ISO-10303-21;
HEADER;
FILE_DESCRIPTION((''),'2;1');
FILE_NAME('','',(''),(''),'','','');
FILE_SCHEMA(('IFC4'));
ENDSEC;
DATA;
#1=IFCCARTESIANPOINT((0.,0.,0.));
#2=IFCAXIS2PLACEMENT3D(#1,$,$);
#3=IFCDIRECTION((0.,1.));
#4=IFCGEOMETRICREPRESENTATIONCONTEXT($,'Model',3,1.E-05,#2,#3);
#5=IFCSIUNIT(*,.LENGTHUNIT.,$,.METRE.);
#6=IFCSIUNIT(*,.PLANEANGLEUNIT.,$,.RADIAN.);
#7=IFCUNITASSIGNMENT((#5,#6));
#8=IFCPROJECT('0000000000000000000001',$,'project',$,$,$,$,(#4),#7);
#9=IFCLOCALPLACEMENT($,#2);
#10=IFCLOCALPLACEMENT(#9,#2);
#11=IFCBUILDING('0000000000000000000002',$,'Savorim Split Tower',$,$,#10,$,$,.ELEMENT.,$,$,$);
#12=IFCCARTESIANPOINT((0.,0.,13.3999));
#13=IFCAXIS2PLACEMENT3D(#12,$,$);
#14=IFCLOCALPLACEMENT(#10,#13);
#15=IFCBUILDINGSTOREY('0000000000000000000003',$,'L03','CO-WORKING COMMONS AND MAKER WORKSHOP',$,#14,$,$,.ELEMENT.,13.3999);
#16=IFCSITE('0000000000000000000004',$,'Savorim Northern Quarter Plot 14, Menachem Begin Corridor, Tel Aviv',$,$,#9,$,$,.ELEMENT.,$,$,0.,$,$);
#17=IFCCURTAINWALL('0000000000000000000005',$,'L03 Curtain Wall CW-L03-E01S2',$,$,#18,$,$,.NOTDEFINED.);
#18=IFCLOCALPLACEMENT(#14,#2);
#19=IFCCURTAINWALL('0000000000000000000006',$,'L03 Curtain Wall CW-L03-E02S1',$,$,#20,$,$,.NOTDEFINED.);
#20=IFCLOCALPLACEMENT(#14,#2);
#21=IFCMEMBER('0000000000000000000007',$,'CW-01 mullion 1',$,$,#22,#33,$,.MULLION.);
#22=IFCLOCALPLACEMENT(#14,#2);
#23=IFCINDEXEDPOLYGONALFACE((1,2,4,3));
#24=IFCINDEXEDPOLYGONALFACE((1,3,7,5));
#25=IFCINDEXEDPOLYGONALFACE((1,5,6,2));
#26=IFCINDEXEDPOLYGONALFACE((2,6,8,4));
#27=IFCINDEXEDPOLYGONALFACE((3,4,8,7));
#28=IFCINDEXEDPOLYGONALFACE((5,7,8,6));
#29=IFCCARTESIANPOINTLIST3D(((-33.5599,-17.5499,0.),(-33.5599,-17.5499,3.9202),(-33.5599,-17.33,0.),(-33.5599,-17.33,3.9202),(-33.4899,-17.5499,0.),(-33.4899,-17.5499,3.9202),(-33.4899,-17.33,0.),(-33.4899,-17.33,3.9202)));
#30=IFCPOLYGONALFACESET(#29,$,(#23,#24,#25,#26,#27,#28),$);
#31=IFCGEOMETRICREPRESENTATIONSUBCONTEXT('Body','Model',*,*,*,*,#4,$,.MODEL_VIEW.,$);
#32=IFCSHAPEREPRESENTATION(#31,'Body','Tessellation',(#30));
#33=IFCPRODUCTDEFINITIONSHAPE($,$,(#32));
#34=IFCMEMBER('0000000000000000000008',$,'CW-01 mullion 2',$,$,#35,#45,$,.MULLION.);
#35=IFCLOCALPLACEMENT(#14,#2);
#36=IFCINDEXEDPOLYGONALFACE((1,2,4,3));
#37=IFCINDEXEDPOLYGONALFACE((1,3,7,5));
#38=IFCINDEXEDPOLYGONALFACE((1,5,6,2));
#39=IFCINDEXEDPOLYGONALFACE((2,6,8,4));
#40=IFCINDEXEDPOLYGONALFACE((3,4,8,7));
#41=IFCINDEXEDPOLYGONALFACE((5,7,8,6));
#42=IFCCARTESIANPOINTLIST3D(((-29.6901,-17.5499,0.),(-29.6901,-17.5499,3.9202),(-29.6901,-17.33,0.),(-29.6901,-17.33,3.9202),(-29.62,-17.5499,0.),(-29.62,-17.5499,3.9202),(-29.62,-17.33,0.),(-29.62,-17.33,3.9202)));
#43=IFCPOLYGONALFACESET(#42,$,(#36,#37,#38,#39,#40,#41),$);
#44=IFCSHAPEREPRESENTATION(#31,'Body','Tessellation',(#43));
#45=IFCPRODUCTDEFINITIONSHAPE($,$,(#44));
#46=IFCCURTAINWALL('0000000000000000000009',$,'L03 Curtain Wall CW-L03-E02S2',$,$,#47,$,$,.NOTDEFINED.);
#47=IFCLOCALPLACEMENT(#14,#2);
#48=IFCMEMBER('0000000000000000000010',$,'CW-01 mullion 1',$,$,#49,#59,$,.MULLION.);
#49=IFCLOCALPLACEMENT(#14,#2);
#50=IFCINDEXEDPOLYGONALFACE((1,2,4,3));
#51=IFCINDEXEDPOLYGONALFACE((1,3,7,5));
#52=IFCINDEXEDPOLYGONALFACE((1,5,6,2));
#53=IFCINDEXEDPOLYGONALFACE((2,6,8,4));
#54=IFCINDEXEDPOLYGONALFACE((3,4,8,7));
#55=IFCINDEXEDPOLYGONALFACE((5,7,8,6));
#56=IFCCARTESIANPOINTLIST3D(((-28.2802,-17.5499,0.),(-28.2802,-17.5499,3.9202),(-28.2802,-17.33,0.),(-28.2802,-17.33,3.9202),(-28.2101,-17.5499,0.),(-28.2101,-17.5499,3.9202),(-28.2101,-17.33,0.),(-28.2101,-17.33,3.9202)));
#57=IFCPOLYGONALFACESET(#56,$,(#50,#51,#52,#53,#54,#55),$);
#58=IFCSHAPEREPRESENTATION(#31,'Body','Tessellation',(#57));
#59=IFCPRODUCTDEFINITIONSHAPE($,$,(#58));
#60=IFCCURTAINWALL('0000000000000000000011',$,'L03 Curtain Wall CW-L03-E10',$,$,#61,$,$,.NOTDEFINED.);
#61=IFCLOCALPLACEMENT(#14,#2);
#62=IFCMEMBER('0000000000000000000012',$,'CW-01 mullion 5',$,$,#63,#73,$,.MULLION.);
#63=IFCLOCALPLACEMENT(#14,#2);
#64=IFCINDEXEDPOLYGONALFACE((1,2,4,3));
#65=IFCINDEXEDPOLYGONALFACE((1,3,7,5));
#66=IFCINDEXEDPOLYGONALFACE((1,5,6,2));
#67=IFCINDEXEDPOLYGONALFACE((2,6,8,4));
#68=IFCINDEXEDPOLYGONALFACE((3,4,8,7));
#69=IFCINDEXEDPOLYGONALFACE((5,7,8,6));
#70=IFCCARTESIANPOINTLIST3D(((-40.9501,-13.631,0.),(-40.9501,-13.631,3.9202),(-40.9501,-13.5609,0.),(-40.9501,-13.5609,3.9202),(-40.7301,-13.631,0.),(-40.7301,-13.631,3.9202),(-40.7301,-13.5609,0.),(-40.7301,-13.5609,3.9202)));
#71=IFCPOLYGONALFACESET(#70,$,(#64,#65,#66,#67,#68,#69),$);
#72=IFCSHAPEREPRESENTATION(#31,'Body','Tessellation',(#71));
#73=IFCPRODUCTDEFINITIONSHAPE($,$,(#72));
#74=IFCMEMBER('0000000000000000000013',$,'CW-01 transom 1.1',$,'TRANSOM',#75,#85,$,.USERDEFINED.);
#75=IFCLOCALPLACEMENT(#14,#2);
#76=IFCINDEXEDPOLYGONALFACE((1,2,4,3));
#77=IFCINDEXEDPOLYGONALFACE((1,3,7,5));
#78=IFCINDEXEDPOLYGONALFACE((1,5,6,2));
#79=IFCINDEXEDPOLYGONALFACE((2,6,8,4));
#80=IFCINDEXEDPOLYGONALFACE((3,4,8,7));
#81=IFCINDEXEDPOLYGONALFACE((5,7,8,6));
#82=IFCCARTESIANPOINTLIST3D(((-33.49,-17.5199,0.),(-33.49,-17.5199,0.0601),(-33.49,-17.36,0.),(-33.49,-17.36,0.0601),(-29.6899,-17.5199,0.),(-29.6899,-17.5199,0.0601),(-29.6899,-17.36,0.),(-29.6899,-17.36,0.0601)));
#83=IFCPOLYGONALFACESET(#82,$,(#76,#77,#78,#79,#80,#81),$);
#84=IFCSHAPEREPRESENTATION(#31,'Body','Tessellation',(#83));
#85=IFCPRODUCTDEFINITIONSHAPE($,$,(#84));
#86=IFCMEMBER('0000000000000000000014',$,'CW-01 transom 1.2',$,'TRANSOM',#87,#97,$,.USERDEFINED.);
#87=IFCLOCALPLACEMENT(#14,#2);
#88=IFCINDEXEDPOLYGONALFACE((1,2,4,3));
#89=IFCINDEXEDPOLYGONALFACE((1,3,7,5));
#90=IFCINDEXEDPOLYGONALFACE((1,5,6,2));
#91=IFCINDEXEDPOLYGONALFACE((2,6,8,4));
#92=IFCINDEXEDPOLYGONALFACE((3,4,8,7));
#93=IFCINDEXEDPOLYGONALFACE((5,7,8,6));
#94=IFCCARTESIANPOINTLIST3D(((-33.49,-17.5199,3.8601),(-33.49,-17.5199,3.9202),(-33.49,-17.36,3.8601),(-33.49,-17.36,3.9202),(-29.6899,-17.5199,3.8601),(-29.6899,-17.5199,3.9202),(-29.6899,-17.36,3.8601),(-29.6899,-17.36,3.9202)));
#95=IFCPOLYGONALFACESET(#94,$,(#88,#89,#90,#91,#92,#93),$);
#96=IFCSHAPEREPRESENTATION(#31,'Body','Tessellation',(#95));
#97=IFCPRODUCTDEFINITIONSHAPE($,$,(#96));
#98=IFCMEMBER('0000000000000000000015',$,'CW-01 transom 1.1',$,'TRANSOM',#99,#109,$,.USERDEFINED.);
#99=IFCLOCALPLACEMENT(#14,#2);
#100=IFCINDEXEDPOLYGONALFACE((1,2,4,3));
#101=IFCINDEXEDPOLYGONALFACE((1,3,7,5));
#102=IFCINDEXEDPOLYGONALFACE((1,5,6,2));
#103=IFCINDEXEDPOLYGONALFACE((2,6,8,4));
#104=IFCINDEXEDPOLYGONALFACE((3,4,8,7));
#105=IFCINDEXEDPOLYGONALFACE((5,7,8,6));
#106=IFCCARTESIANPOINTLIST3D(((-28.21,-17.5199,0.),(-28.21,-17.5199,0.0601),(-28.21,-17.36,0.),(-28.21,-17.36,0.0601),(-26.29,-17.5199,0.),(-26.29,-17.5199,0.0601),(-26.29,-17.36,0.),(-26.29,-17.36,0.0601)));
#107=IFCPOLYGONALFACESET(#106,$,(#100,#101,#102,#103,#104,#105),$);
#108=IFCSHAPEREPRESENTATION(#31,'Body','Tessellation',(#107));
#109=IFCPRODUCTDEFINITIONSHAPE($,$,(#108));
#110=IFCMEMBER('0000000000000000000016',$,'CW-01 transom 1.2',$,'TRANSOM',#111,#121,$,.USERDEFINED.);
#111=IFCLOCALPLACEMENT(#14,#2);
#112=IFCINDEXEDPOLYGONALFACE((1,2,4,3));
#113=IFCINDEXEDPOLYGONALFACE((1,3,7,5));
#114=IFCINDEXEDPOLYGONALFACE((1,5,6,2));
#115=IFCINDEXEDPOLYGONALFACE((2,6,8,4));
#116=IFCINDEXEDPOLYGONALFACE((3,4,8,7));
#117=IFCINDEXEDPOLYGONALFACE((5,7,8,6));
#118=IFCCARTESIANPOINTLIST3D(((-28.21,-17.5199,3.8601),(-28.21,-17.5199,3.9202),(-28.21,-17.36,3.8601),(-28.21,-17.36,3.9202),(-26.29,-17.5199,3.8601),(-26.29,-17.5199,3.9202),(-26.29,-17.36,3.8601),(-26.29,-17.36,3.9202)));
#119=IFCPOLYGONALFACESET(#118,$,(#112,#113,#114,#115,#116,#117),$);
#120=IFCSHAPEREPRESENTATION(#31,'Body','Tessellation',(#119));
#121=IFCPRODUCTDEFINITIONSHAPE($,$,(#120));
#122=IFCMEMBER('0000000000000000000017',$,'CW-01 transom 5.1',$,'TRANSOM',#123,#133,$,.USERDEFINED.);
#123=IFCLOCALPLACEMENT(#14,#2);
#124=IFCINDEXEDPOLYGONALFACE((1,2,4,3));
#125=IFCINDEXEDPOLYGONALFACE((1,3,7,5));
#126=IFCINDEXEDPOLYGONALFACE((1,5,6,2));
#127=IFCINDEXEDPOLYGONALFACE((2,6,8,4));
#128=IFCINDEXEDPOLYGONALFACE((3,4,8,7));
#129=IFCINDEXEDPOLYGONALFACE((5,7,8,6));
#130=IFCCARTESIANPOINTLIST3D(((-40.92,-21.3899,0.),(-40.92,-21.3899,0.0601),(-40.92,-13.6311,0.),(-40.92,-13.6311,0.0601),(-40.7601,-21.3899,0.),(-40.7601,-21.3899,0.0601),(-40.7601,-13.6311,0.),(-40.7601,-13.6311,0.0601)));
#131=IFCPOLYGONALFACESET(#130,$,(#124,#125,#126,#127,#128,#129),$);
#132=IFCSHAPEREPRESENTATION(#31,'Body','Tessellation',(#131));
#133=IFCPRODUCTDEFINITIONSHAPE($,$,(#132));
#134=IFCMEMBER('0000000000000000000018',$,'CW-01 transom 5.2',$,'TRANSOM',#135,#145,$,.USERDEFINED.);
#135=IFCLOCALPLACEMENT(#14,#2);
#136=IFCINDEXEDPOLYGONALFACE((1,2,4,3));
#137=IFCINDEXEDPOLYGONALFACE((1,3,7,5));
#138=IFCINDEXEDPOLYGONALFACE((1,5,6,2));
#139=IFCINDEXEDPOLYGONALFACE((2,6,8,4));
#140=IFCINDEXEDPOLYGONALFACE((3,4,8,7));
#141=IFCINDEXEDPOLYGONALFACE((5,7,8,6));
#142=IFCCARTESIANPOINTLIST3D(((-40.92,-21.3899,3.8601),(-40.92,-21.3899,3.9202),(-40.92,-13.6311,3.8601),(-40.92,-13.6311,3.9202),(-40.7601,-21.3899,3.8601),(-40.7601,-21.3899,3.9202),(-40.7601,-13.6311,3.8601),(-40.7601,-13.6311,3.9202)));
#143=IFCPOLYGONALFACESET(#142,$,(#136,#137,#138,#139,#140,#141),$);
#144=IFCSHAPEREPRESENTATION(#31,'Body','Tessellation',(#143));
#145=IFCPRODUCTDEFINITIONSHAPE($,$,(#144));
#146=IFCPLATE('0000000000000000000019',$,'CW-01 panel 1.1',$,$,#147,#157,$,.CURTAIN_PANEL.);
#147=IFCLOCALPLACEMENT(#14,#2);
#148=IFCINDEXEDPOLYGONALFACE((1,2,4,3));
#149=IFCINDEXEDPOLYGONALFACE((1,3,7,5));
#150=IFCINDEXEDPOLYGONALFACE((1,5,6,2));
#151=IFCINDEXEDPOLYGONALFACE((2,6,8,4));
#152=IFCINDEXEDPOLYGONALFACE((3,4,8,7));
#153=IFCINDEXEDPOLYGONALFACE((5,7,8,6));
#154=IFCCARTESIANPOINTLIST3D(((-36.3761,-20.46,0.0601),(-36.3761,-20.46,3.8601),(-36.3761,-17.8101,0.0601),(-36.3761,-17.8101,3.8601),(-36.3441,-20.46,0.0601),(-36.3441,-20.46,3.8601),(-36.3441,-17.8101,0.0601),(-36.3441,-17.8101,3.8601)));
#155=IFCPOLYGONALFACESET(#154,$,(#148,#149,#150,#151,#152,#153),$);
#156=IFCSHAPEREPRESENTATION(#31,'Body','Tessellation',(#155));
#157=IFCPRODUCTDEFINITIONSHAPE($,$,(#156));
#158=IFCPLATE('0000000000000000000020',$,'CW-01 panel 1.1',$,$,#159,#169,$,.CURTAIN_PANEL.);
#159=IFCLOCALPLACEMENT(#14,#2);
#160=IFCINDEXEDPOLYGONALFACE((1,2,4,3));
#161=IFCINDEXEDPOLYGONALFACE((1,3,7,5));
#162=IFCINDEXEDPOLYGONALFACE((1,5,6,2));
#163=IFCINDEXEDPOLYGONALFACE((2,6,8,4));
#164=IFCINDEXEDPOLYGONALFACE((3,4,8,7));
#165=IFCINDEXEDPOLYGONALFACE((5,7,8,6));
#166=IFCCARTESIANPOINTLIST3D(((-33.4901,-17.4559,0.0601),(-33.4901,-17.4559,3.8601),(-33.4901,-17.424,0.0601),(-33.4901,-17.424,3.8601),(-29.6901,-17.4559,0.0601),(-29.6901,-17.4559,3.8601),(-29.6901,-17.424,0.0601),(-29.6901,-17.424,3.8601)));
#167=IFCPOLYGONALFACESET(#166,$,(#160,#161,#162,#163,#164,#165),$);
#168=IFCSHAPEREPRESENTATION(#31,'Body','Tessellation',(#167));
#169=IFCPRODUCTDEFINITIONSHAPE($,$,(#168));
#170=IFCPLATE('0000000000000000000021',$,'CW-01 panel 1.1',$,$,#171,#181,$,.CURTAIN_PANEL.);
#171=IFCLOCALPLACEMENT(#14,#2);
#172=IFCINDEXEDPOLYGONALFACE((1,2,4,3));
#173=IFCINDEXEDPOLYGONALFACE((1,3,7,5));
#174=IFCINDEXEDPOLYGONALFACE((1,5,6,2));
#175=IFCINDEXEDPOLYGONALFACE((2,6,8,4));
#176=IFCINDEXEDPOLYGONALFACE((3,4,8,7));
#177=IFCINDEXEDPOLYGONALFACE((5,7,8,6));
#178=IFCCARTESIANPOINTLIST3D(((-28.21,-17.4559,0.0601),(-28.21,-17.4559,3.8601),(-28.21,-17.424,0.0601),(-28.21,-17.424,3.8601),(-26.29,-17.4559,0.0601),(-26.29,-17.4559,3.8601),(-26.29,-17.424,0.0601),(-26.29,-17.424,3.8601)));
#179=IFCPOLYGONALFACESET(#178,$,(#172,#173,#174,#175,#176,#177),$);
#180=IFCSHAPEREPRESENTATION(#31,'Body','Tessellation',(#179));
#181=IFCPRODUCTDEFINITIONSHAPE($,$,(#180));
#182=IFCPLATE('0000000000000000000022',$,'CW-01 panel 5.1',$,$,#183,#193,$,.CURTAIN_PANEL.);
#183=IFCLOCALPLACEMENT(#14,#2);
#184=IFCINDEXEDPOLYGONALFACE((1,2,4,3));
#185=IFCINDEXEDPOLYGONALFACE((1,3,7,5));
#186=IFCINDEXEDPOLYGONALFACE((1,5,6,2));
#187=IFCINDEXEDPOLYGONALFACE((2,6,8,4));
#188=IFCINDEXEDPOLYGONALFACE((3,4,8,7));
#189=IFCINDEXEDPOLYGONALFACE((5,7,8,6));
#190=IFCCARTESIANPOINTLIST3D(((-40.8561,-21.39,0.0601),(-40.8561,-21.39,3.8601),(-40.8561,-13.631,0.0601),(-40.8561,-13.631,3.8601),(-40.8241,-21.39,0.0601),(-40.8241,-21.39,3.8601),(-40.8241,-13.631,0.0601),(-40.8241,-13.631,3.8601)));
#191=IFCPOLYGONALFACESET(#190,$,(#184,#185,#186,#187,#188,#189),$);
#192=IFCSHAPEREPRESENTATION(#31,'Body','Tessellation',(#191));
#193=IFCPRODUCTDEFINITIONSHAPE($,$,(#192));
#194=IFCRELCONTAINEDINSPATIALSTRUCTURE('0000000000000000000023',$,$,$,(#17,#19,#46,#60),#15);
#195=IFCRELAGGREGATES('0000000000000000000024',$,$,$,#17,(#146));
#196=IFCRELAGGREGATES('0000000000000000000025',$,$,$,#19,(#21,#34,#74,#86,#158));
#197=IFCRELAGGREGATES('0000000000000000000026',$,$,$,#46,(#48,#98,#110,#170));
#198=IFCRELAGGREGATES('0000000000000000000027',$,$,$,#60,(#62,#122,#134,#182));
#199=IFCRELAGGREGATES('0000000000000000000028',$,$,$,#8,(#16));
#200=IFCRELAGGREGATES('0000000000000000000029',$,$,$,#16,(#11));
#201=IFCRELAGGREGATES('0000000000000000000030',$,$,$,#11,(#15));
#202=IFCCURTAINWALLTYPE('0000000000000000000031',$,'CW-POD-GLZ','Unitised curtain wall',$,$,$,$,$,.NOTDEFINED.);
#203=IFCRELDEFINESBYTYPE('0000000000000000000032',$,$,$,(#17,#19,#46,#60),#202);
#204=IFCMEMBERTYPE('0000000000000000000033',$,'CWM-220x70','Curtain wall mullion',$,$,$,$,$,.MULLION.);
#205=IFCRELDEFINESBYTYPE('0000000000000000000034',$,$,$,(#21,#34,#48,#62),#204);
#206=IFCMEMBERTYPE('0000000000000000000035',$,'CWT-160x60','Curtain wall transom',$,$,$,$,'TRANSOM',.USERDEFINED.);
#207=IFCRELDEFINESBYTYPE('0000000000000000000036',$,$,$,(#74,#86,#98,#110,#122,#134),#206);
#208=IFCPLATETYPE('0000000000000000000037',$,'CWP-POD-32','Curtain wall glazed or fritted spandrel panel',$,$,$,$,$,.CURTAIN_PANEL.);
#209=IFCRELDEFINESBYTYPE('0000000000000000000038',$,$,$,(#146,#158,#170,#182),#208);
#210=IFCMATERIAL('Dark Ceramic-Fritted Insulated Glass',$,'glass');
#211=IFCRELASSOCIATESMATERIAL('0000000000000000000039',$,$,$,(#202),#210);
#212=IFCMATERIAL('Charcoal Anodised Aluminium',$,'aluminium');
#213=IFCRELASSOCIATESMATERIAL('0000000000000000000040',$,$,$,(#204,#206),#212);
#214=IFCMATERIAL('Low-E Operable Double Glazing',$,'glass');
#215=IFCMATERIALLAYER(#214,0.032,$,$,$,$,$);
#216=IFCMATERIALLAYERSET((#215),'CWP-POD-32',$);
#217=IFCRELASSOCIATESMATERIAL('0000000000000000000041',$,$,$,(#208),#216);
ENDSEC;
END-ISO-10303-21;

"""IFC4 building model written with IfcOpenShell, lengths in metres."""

from ifc_helpers import new_model, si_unit, direction, frame, origin, origin_2d, place, context, subcontext, project, spatial, rectangle, extrude, material, layer, layer_set, material_profile, profile_set, type_object, element, aggregate, save


model = new_model("IFC4")

# Units and contexts
model_context = context("Model", 3, precision=1e-05, world=origin(), true_north=direction((0.0, 1.0)))
body_context = subcontext(model_context, "Body", "Model", "MODEL_VIEW")
ifc_project = project(units=[si_unit("LENGTHUNIT", "METRE"), si_unit("PLANEANGLEUNIT", "RADIAN")], contexts=[model_context])

# Site, building, storey
site_placement = place(None, origin())
site = spatial("IfcSite", under=ifc_project, at=site_placement, Name="Savorim Northern Quarter Plot 14, Menachem Begin Corridor, Tel Aviv", CompositionType="ELEMENT", RefElevation=0.0)
building_placement = place(site_placement, origin())
building = spatial("IfcBuilding", under=site, at=building_placement, Name="Savorim Split Tower", CompositionType="ELEMENT")
storey_placement = place(building_placement, frame((0.0, 0.0, 13.3999)))
storey = spatial("IfcBuildingStorey", under=building, at=storey_placement, Name="L03", Description="CO-WORKING COMMONS AND MAKER WORKSHOP", CompositionType="ELEMENT", Elevation=13.3999)

# Curtain wall
ifc_material_1 = material(Name="Dark Ceramic-Fritted Insulated Glass", Category="glass")
curtain_wall_type = type_object("IfcCurtainWallType", Name="CW-POD-GLZ", Description="Unitised curtain wall", PredefinedType="NOTDEFINED", material=ifc_material_1)
curtain_wall_1_placement = place(storey_placement, origin())
curtain_wall_1 = element("IfcCurtainWall", 1, at=curtain_wall_1_placement, inside=storey, type_object=curtain_wall_type, Name="L03 Curtain Wall CW-L03-E01S2", PredefinedType="NOTDEFINED")
ifc_material_2 = material(Name="Charcoal Anodised Aluminium", Category="aluminium")
ifc_material_profile_1 = material_profile(ifc_material_2, rectangle(XDim=0.22, YDim=0.0701, at=origin_2d()), Name="ALU-M 220x70")
ifc_profile_set_1 = profile_set([ifc_material_profile_1], Name="Charcoal Anodised Aluminium")
member_type_1 = type_object("IfcMemberType", Name="CWM-220x70", Description="Curtain wall mullion", PredefinedType="MULLION", material=ifc_profile_set_1)

# Curtain wall, members
curtain_wall_2_placement = place(storey_placement, origin())
curtain_wall_2 = element("IfcCurtainWall", 2, at=curtain_wall_2_placement, inside=storey, type_object=curtain_wall_type, Name="L03 Curtain Wall CW-L03-E02S1", PredefinedType="NOTDEFINED")
member_1_placement = place(storey_placement, frame((-33.5249, -17.4399, 0.0), z_axis=(0.0, 0.0, 1.0), x_axis=(0.0, 1.0, 0.0)))
member_1 = element("IfcMember", 3, at=member_1_placement, type_object=member_type_1, Name="CW-01 mullion 1", PredefinedType="MULLION", context=body_context, shape_type="SweptSolid", body=[
    extrude(rectangle(XDim=0.22, YDim=0.0701, at=origin_2d()), origin(), (0.0, 0.0, 1.0), 3.9202),
])
member_2_placement = place(storey_placement, frame((-29.655, -17.4399, 0.0), z_axis=(0.0, 0.0, 1.0), x_axis=(0.0, 1.0, 0.0)))
member_2 = element("IfcMember", 4, at=member_2_placement, type_object=member_type_1, Name="CW-01 mullion 2", PredefinedType="MULLION", context=body_context, shape_type="SweptSolid", body=[
    extrude(rectangle(XDim=0.22, YDim=0.0701, at=origin_2d()), origin(), (0.0, 0.0, 1.0), 3.9202),
])

# Curtain walls, members
curtain_wall_3_placement = place(storey_placement, origin())
curtain_wall_3 = element("IfcCurtainWall", 5, at=curtain_wall_3_placement, inside=storey, type_object=curtain_wall_type, Name="L03 Curtain Wall CW-L03-E02S2", PredefinedType="NOTDEFINED")
member_3_placement = place(storey_placement, frame((-28.2451, -17.4399, 0.0), z_axis=(0.0, 0.0, 1.0), x_axis=(0.0, 1.0, 0.0)))
member_3 = element("IfcMember", 6, at=member_3_placement, type_object=member_type_1, Name="CW-01 mullion 1", PredefinedType="MULLION", context=body_context, shape_type="SweptSolid", body=[
    extrude(rectangle(XDim=0.22, YDim=0.0701, at=origin_2d()), origin(), (0.0, 0.0, 1.0), 3.9202),
])
curtain_wall_4_placement = place(storey_placement, origin())
curtain_wall_4 = element("IfcCurtainWall", 7, at=curtain_wall_4_placement, inside=storey, type_object=curtain_wall_type, Name="L03 Curtain Wall CW-L03-E10", PredefinedType="NOTDEFINED")
member_4_placement = place(storey_placement, frame((-40.8401, -13.5959, 0.0), z_axis=(0.0, 0.0, 1.0), x_axis=(1.0, 0.0, 0.0)))
member_4 = element("IfcMember", 8, at=member_4_placement, type_object=member_type_1, Name="CW-01 mullion 5", PredefinedType="MULLION", context=body_context, shape_type="SweptSolid", body=[
    extrude(rectangle(XDim=0.22, YDim=0.0701, at=origin_2d()), origin(), (0.0, 0.0, 1.0), 3.9202),
])

# Members
ifc_material_profile_2 = material_profile(ifc_material_2, rectangle(XDim=0.1599, YDim=0.0601, at=origin_2d()), Name="ALU-T 160x60")
ifc_profile_set_2 = profile_set([ifc_material_profile_2], Name="Charcoal Anodised Aluminium")
member_type_2 = type_object("IfcMemberType", Name="CWT-160x60", Description="Curtain wall transom", ElementType="TRANSOM", PredefinedType="USERDEFINED", material=ifc_profile_set_2)
member_5_placement = place(storey_placement, frame((-33.49, -17.4399, 0.03), z_axis=(1.0, 0.0, 0.0), x_axis=(0.0, 1.0, 0.0)))
member_5 = element("IfcMember", 9, at=member_5_placement, type_object=member_type_2, Name="CW-01 transom 1.1", ObjectType="TRANSOM", PredefinedType="USERDEFINED", context=body_context, shape_type="SweptSolid", body=[
    extrude(rectangle(XDim=0.1599, YDim=0.0601, at=origin_2d()), origin(), (0.0, 0.0, 1.0), 3.8),
])
member_6_placement = place(storey_placement, frame((-33.49, -17.4399, 3.8901), z_axis=(1.0, 0.0, 0.0), x_axis=(0.0, 1.0, 0.0)))
member_6 = element("IfcMember", 10, at=member_6_placement, type_object=member_type_2, Name="CW-01 transom 1.2", ObjectType="TRANSOM", PredefinedType="USERDEFINED", context=body_context, shape_type="SweptSolid", body=[
    extrude(rectangle(XDim=0.1599, YDim=0.0601, at=origin_2d()), origin(), (0.0, 0.0, 1.0), 3.8),
])
member_7_placement = place(storey_placement, frame((-28.21, -17.4399, 0.03), z_axis=(1.0, 0.0, 0.0), x_axis=(0.0, 1.0, 0.0)))
member_7 = element("IfcMember", 11, at=member_7_placement, type_object=member_type_2, Name="CW-01 transom 1.1", ObjectType="TRANSOM", PredefinedType="USERDEFINED", context=body_context, shape_type="SweptSolid", body=[
    extrude(rectangle(XDim=0.1599, YDim=0.0601, at=origin_2d()), origin(), (0.0, 0.0, 1.0), 1.9199),
])
member_8_placement = place(storey_placement, frame((-28.21, -17.4399, 3.8901), z_axis=(1.0, 0.0, 0.0), x_axis=(0.0, 1.0, 0.0)))
member_8 = element("IfcMember", 12, at=member_8_placement, type_object=member_type_2, Name="CW-01 transom 1.2", ObjectType="TRANSOM", PredefinedType="USERDEFINED", context=body_context, shape_type="SweptSolid", body=[
    extrude(rectangle(XDim=0.1599, YDim=0.0601, at=origin_2d()), origin(), (0.0, 0.0, 1.0), 1.9199),
])
member_9_placement = place(storey_placement, frame((-40.8401, -13.6311, 0.03), z_axis=(0.0, -1.0, 0.0), x_axis=(1.0, 0.0, 0.0)))
member_9 = element("IfcMember", 13, at=member_9_placement, type_object=member_type_2, Name="CW-01 transom 5.1", ObjectType="TRANSOM", PredefinedType="USERDEFINED", context=body_context, shape_type="SweptSolid", body=[
    extrude(rectangle(XDim=0.1599, YDim=0.0601, at=origin_2d()), origin(), (0.0, 0.0, 1.0), 7.7588),
])
member_10_placement = place(storey_placement, frame((-40.8401, -13.6311, 3.8901), z_axis=(0.0, -1.0, 0.0), x_axis=(1.0, 0.0, 0.0)))
member_10 = element("IfcMember", 14, at=member_10_placement, type_object=member_type_2, Name="CW-01 transom 5.2", ObjectType="TRANSOM", PredefinedType="USERDEFINED", context=body_context, shape_type="SweptSolid", body=[
    extrude(rectangle(XDim=0.1599, YDim=0.0601, at=origin_2d()), origin(), (0.0, 0.0, 1.0), 7.7588),
])

# Plates
ifc_material_3 = material(Name="Low-E Operable Double Glazing", Category="glass")
ifc_layer_1 = layer(ifc_material_3, 0.032)
ifc_layer_set_1 = layer_set([ifc_layer_1], Name="CWP-POD-32")
plate_type = type_object("IfcPlateType", Name="CWP-POD-32", Description="Curtain wall glazed or fritted spandrel panel", PredefinedType="CURTAIN_PANEL", material=ifc_layer_set_1)
plate_1_placement = place(storey_placement, frame((-36.3601, -19.135, 0.0601), z_axis=(0.0, 0.0, 1.0), x_axis=(0.0, 1.0, 0.0)))
plate_1 = element("IfcPlate", 15, at=plate_1_placement, type_object=plate_type, Name="CW-01 panel 1.1", PredefinedType="CURTAIN_PANEL", context=body_context, shape_type="SweptSolid", body=[
    extrude(rectangle(XDim=2.6499, YDim=0.032, at=origin_2d()), origin(), (0.0, 0.0, 1.0), 3.8),
])
aggregate(curtain_wall_1, [plate_1])
plate_2_placement = place(storey_placement, frame((-31.5901, -17.4399, 0.0601), z_axis=(0.0, 0.0, 1.0), x_axis=(1.0, 0.0, 0.0)))
plate_2 = element("IfcPlate", 16, at=plate_2_placement, type_object=plate_type, Name="CW-01 panel 1.1", PredefinedType="CURTAIN_PANEL", context=body_context, shape_type="SweptSolid", body=[
    extrude(rectangle(XDim=3.8, YDim=0.032, at=origin_2d()), origin(), (0.0, 0.0, 1.0), 3.8),
])
aggregate(curtain_wall_2, [member_1, member_2, member_5, member_6, plate_2])
plate_3_placement = place(storey_placement, frame((-27.25, -17.4399, 0.0601), z_axis=(0.0, 0.0, 1.0), x_axis=(1.0, 0.0, 0.0)))
plate_3 = element("IfcPlate", 17, at=plate_3_placement, type_object=plate_type, Name="CW-01 panel 1.1", PredefinedType="CURTAIN_PANEL", context=body_context, shape_type="SweptSolid", body=[
    extrude(rectangle(XDim=1.9199, YDim=0.032, at=origin_2d()), origin(), (0.0, 0.0, 1.0), 3.8),
])
aggregate(curtain_wall_3, [member_3, member_7, member_8, plate_3])
plate_4_placement = place(storey_placement, frame((-40.8401, -17.5105, 0.0601), z_axis=(0.0, 0.0, 1.0), x_axis=(0.0, -1.0, 0.0)))
plate_4 = element("IfcPlate", 18, at=plate_4_placement, type_object=plate_type, Name="CW-01 panel 5.1", PredefinedType="CURTAIN_PANEL", context=body_context, shape_type="SweptSolid", body=[
    extrude(rectangle(XDim=7.759, YDim=0.032, at=origin_2d()), origin(), (0.0, 0.0, 1.0), 3.8),
])
aggregate(curtain_wall_4, [member_4, member_9, member_10, plate_4])

save(model, "model.ifc")
